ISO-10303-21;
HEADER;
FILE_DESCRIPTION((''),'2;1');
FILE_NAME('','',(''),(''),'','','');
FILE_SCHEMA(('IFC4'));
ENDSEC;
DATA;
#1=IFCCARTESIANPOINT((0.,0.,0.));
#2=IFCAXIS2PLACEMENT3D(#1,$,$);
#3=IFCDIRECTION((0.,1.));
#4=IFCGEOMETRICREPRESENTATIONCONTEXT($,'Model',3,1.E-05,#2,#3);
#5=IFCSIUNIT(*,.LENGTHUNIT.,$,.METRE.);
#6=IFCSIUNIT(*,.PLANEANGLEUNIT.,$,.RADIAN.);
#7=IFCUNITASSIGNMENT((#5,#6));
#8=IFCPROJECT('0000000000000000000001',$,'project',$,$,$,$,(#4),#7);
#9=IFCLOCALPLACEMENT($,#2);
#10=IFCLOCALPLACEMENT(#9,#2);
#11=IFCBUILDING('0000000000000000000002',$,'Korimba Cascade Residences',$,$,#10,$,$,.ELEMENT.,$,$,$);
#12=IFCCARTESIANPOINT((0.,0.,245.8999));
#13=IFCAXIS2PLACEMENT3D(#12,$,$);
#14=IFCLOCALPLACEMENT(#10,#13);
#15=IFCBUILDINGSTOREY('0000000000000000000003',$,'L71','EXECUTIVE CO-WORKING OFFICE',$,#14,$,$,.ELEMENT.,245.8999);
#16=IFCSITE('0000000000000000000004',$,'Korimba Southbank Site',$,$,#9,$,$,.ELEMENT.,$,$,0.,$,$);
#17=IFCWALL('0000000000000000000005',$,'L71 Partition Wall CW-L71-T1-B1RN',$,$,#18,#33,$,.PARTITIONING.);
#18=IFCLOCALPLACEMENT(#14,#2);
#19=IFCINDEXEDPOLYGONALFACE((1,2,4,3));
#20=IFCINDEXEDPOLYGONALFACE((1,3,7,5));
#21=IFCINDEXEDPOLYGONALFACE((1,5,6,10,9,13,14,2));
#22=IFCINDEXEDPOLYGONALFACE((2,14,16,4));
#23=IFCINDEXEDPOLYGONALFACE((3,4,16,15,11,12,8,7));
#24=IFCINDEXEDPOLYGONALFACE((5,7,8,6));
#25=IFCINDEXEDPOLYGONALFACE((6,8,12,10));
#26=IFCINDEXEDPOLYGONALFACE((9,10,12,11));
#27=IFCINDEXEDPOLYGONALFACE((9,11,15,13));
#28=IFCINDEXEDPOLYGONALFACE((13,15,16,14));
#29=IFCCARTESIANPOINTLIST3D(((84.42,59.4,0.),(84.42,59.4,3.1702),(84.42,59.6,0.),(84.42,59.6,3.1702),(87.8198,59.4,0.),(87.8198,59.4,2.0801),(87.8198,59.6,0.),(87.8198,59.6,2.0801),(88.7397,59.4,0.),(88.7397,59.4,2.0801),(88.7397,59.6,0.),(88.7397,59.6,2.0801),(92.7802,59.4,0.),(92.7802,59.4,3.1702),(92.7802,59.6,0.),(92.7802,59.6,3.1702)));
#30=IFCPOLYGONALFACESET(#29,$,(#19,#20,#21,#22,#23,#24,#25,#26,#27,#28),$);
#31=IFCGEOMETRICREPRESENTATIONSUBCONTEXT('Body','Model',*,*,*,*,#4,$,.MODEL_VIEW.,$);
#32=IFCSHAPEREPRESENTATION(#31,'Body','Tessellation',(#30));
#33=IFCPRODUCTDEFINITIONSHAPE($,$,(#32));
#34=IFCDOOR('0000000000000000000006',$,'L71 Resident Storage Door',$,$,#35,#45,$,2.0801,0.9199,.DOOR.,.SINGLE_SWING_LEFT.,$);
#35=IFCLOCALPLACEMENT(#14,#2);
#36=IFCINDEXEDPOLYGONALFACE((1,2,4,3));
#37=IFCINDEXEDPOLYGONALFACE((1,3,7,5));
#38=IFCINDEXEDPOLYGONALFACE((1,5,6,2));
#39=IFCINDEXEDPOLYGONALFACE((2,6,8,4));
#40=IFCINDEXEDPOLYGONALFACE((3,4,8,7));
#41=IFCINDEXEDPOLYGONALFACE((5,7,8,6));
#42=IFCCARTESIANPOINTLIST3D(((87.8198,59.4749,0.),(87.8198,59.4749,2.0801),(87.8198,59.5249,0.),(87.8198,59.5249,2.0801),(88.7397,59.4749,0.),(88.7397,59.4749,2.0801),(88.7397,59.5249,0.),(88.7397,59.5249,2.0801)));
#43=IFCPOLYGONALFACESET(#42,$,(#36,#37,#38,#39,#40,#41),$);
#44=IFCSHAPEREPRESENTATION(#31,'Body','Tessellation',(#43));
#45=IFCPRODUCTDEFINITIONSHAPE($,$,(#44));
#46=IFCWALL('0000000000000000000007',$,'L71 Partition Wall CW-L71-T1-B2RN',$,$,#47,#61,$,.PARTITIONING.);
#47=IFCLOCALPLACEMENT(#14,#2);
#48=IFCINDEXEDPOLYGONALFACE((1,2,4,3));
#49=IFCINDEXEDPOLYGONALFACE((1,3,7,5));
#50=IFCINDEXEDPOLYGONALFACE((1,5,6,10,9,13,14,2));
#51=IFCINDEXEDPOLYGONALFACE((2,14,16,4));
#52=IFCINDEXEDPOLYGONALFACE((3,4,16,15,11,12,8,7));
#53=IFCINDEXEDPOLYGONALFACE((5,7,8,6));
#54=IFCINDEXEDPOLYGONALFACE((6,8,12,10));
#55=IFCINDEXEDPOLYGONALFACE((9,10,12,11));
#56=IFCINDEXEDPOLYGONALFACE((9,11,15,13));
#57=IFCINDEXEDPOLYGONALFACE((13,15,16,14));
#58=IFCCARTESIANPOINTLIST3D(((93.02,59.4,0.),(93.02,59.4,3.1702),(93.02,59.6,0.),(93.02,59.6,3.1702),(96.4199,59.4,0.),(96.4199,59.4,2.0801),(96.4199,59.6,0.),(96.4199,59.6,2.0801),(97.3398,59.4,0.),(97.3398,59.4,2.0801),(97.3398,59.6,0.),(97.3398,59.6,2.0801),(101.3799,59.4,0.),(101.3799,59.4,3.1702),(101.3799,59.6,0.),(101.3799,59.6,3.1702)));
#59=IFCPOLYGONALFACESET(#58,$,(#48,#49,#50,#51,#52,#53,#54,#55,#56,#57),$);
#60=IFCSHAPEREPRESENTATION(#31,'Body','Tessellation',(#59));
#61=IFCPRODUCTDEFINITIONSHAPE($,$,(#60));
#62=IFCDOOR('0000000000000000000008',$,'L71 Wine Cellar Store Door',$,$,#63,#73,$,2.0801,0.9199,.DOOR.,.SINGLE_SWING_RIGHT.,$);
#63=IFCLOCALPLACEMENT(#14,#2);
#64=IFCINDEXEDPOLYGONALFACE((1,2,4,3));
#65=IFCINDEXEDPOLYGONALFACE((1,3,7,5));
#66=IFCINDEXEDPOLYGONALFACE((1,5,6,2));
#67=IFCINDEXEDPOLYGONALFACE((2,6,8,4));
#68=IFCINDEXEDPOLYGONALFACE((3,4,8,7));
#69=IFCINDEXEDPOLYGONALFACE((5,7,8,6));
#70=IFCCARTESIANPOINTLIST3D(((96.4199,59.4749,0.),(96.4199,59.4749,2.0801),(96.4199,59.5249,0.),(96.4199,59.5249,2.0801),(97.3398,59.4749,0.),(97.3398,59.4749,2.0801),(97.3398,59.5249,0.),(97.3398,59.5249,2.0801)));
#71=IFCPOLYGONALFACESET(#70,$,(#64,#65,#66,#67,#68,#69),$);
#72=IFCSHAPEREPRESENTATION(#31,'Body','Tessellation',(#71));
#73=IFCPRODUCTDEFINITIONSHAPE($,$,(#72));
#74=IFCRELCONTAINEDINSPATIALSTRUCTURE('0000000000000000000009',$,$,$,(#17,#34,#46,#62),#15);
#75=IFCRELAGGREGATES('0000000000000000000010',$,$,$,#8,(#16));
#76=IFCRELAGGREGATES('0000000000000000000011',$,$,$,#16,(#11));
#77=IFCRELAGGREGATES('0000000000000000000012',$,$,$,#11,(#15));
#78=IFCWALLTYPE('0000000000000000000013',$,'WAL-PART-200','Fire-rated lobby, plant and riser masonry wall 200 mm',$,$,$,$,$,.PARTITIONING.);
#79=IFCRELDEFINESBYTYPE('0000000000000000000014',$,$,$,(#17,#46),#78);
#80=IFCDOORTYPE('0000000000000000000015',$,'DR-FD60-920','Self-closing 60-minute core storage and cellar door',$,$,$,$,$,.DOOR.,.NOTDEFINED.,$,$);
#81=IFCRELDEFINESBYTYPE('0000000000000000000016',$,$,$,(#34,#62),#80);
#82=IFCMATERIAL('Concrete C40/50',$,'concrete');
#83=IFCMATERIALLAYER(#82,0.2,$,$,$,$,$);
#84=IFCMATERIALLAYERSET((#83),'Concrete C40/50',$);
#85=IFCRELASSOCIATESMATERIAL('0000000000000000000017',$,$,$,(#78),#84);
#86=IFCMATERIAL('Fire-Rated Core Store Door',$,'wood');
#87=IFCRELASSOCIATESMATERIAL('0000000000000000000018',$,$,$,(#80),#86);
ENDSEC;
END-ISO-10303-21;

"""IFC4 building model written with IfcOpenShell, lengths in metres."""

from ifc_helpers import new_model, si_unit, direction, frame, frame_2d, origin, place, context, subcontext, project, spatial, rectangle, extrude, material, layer, layer_set, type_object, element, fill, save


model = new_model("IFC4")

# Units and contexts
model_context = context("Model", 3, precision=1e-05, world=origin(), true_north=direction((0.0, 1.0)))
body_context = subcontext(model_context, "Body", "Model", "MODEL_VIEW")
ifc_project = project(units=[si_unit("LENGTHUNIT", "METRE"), si_unit("PLANEANGLEUNIT", "RADIAN")], contexts=[model_context])

# Site, building, storey
site_placement = place(None, origin())
site = spatial("IfcSite", under=ifc_project, at=site_placement, Name="Korimba Southbank Site", CompositionType="ELEMENT", RefElevation=0.0)
building_placement = place(site_placement, origin())
building = spatial("IfcBuilding", under=site, at=building_placement, Name="Korimba Cascade Residences", CompositionType="ELEMENT")
storey_placement = place(building_placement, frame((0.0, 0.0, 245.8999)))
storey = spatial("IfcBuildingStorey", under=building, at=storey_placement, Name="L71", Description="EXECUTIVE CO-WORKING OFFICE", CompositionType="ELEMENT", Elevation=245.8999)

# Shared definitions
ifc_material_1 = material(Name="Concrete C40/50", Category="concrete")
ifc_layer_1 = layer(ifc_material_1, 0.2)
ifc_layer_set_1 = layer_set([ifc_layer_1], Name="Concrete C40/50")
wall_type_1 = type_object("IfcWallType", Name="WAL-PART-200", Description="Fire-rated lobby, plant and riser masonry wall 200 mm", PredefinedType="PARTITIONING", material=ifc_layer_set_1)

# Walls, openings, doors
wall_1_placement = place(storey_placement, frame((84.4199, 59.5, 0.0), z_axis=(0.0, 0.0, 1.0), x_axis=(1.0, 0.0, 0.0)))
wall_1 = element("IfcWall", 1, at=wall_1_placement, inside=storey, type_object=wall_type_1, Name="L71 Partition Wall CW-L71-T1-B1RN", PredefinedType="PARTITIONING", context=body_context, shape_type="SweptSolid", body=[
    extrude(rectangle(XDim=8.3601, YDim=0.2, at=frame_2d((4.1802, 0.0))), origin(), (0.0, 0.0, 1.0), 3.1702),
])
opening_1_placement = place(wall_1_placement, frame((3.3999, 0.0, 0.0)))
opening_1 = element("IfcOpeningElement", 2, at=opening_1_placement, cuts=wall_1, PredefinedType="OPENING", context=body_context, shape_type="SweptSolid", body=[
    extrude(rectangle(XDim=0.9199, YDim=2.0801, at=frame_2d((0.46, 1.04))), frame((0.0, 0.1099, 0.0), z_axis=(0.0, -1.0, 0.0), x_axis=(1.0, 0.0, 0.0)), (0.0, 0.0, 1.0), 0.22),
])
ifc_material_2 = material(Name="Fire-Rated Core Store Door", Category="wood")
door_type_1 = type_object("IfcDoorType", Name="DR-FD60-920", Description="Self-closing 60-minute core storage and cellar door", OperationType="NOTDEFINED", PredefinedType="DOOR", material=ifc_material_2)
door_1_placement = place(opening_1_placement, origin())
door_1 = element("IfcDoor", 3, at=door_1_placement, inside=storey, type_object=door_type_1, Name="L71 Resident Storage Door", OperationType="SINGLE_SWING_LEFT", OverallHeight=2.0801, OverallWidth=0.9199, PredefinedType="DOOR", context=body_context, shape_type="SweptSolid", body=[
    extrude(rectangle(XDim=0.9199, YDim=2.0801, at=frame_2d((0.46, 1.04))), frame((0.0, 0.0249, 0.0), z_axis=(0.0, -1.0, 0.0), x_axis=(1.0, 0.0, 0.0)), (0.0, 0.0, 1.0), 0.05),
])
fill(opening_1, door_1)
wall_2_placement = place(storey_placement, frame((93.02, 59.5, 0.0), z_axis=(0.0, 0.0, 1.0), x_axis=(1.0, 0.0, 0.0)))
wall_2 = element("IfcWall", 4, at=wall_2_placement, inside=storey, type_object=wall_type_1, Name="L71 Partition Wall CW-L71-T1-B2RN", PredefinedType="PARTITIONING", context=body_context, shape_type="SweptSolid", body=[
    extrude(rectangle(XDim=8.3599, YDim=0.2, at=frame_2d((4.1799, 0.0))), origin(), (0.0, 0.0, 1.0), 3.1702),
])
opening_2_placement = place(wall_2_placement, frame((3.3999, 0.0, 0.0)))
opening_2 = element("IfcOpeningElement", 5, at=opening_2_placement, cuts=wall_2, PredefinedType="OPENING", context=body_context, shape_type="SweptSolid", body=[
    extrude(rectangle(XDim=0.9199, YDim=2.0801, at=frame_2d((0.46, 1.04))), frame((0.0, 0.1099, 0.0), z_axis=(0.0, -1.0, 0.0), x_axis=(1.0, 0.0, 0.0)), (0.0, 0.0, 1.0), 0.22),
])
door_2_placement = place(opening_2_placement, origin())
door_2 = element("IfcDoor", 6, at=door_2_placement, inside=storey, type_object=door_type_1, Name="L71 Wine Cellar Store Door", OperationType="SINGLE_SWING_RIGHT", OverallHeight=2.0801, OverallWidth=0.9199, PredefinedType="DOOR", context=body_context, shape_type="SweptSolid", body=[
    extrude(rectangle(XDim=0.9199, YDim=2.0801, at=frame_2d((0.46, 1.04))), frame((0.0, 0.0249, 0.0), z_axis=(0.0, -1.0, 0.0), x_axis=(1.0, 0.0, 0.0)), (0.0, 0.0, 1.0), 0.05),
])
fill(opening_2, door_2)

save(model, "model.ifc")
